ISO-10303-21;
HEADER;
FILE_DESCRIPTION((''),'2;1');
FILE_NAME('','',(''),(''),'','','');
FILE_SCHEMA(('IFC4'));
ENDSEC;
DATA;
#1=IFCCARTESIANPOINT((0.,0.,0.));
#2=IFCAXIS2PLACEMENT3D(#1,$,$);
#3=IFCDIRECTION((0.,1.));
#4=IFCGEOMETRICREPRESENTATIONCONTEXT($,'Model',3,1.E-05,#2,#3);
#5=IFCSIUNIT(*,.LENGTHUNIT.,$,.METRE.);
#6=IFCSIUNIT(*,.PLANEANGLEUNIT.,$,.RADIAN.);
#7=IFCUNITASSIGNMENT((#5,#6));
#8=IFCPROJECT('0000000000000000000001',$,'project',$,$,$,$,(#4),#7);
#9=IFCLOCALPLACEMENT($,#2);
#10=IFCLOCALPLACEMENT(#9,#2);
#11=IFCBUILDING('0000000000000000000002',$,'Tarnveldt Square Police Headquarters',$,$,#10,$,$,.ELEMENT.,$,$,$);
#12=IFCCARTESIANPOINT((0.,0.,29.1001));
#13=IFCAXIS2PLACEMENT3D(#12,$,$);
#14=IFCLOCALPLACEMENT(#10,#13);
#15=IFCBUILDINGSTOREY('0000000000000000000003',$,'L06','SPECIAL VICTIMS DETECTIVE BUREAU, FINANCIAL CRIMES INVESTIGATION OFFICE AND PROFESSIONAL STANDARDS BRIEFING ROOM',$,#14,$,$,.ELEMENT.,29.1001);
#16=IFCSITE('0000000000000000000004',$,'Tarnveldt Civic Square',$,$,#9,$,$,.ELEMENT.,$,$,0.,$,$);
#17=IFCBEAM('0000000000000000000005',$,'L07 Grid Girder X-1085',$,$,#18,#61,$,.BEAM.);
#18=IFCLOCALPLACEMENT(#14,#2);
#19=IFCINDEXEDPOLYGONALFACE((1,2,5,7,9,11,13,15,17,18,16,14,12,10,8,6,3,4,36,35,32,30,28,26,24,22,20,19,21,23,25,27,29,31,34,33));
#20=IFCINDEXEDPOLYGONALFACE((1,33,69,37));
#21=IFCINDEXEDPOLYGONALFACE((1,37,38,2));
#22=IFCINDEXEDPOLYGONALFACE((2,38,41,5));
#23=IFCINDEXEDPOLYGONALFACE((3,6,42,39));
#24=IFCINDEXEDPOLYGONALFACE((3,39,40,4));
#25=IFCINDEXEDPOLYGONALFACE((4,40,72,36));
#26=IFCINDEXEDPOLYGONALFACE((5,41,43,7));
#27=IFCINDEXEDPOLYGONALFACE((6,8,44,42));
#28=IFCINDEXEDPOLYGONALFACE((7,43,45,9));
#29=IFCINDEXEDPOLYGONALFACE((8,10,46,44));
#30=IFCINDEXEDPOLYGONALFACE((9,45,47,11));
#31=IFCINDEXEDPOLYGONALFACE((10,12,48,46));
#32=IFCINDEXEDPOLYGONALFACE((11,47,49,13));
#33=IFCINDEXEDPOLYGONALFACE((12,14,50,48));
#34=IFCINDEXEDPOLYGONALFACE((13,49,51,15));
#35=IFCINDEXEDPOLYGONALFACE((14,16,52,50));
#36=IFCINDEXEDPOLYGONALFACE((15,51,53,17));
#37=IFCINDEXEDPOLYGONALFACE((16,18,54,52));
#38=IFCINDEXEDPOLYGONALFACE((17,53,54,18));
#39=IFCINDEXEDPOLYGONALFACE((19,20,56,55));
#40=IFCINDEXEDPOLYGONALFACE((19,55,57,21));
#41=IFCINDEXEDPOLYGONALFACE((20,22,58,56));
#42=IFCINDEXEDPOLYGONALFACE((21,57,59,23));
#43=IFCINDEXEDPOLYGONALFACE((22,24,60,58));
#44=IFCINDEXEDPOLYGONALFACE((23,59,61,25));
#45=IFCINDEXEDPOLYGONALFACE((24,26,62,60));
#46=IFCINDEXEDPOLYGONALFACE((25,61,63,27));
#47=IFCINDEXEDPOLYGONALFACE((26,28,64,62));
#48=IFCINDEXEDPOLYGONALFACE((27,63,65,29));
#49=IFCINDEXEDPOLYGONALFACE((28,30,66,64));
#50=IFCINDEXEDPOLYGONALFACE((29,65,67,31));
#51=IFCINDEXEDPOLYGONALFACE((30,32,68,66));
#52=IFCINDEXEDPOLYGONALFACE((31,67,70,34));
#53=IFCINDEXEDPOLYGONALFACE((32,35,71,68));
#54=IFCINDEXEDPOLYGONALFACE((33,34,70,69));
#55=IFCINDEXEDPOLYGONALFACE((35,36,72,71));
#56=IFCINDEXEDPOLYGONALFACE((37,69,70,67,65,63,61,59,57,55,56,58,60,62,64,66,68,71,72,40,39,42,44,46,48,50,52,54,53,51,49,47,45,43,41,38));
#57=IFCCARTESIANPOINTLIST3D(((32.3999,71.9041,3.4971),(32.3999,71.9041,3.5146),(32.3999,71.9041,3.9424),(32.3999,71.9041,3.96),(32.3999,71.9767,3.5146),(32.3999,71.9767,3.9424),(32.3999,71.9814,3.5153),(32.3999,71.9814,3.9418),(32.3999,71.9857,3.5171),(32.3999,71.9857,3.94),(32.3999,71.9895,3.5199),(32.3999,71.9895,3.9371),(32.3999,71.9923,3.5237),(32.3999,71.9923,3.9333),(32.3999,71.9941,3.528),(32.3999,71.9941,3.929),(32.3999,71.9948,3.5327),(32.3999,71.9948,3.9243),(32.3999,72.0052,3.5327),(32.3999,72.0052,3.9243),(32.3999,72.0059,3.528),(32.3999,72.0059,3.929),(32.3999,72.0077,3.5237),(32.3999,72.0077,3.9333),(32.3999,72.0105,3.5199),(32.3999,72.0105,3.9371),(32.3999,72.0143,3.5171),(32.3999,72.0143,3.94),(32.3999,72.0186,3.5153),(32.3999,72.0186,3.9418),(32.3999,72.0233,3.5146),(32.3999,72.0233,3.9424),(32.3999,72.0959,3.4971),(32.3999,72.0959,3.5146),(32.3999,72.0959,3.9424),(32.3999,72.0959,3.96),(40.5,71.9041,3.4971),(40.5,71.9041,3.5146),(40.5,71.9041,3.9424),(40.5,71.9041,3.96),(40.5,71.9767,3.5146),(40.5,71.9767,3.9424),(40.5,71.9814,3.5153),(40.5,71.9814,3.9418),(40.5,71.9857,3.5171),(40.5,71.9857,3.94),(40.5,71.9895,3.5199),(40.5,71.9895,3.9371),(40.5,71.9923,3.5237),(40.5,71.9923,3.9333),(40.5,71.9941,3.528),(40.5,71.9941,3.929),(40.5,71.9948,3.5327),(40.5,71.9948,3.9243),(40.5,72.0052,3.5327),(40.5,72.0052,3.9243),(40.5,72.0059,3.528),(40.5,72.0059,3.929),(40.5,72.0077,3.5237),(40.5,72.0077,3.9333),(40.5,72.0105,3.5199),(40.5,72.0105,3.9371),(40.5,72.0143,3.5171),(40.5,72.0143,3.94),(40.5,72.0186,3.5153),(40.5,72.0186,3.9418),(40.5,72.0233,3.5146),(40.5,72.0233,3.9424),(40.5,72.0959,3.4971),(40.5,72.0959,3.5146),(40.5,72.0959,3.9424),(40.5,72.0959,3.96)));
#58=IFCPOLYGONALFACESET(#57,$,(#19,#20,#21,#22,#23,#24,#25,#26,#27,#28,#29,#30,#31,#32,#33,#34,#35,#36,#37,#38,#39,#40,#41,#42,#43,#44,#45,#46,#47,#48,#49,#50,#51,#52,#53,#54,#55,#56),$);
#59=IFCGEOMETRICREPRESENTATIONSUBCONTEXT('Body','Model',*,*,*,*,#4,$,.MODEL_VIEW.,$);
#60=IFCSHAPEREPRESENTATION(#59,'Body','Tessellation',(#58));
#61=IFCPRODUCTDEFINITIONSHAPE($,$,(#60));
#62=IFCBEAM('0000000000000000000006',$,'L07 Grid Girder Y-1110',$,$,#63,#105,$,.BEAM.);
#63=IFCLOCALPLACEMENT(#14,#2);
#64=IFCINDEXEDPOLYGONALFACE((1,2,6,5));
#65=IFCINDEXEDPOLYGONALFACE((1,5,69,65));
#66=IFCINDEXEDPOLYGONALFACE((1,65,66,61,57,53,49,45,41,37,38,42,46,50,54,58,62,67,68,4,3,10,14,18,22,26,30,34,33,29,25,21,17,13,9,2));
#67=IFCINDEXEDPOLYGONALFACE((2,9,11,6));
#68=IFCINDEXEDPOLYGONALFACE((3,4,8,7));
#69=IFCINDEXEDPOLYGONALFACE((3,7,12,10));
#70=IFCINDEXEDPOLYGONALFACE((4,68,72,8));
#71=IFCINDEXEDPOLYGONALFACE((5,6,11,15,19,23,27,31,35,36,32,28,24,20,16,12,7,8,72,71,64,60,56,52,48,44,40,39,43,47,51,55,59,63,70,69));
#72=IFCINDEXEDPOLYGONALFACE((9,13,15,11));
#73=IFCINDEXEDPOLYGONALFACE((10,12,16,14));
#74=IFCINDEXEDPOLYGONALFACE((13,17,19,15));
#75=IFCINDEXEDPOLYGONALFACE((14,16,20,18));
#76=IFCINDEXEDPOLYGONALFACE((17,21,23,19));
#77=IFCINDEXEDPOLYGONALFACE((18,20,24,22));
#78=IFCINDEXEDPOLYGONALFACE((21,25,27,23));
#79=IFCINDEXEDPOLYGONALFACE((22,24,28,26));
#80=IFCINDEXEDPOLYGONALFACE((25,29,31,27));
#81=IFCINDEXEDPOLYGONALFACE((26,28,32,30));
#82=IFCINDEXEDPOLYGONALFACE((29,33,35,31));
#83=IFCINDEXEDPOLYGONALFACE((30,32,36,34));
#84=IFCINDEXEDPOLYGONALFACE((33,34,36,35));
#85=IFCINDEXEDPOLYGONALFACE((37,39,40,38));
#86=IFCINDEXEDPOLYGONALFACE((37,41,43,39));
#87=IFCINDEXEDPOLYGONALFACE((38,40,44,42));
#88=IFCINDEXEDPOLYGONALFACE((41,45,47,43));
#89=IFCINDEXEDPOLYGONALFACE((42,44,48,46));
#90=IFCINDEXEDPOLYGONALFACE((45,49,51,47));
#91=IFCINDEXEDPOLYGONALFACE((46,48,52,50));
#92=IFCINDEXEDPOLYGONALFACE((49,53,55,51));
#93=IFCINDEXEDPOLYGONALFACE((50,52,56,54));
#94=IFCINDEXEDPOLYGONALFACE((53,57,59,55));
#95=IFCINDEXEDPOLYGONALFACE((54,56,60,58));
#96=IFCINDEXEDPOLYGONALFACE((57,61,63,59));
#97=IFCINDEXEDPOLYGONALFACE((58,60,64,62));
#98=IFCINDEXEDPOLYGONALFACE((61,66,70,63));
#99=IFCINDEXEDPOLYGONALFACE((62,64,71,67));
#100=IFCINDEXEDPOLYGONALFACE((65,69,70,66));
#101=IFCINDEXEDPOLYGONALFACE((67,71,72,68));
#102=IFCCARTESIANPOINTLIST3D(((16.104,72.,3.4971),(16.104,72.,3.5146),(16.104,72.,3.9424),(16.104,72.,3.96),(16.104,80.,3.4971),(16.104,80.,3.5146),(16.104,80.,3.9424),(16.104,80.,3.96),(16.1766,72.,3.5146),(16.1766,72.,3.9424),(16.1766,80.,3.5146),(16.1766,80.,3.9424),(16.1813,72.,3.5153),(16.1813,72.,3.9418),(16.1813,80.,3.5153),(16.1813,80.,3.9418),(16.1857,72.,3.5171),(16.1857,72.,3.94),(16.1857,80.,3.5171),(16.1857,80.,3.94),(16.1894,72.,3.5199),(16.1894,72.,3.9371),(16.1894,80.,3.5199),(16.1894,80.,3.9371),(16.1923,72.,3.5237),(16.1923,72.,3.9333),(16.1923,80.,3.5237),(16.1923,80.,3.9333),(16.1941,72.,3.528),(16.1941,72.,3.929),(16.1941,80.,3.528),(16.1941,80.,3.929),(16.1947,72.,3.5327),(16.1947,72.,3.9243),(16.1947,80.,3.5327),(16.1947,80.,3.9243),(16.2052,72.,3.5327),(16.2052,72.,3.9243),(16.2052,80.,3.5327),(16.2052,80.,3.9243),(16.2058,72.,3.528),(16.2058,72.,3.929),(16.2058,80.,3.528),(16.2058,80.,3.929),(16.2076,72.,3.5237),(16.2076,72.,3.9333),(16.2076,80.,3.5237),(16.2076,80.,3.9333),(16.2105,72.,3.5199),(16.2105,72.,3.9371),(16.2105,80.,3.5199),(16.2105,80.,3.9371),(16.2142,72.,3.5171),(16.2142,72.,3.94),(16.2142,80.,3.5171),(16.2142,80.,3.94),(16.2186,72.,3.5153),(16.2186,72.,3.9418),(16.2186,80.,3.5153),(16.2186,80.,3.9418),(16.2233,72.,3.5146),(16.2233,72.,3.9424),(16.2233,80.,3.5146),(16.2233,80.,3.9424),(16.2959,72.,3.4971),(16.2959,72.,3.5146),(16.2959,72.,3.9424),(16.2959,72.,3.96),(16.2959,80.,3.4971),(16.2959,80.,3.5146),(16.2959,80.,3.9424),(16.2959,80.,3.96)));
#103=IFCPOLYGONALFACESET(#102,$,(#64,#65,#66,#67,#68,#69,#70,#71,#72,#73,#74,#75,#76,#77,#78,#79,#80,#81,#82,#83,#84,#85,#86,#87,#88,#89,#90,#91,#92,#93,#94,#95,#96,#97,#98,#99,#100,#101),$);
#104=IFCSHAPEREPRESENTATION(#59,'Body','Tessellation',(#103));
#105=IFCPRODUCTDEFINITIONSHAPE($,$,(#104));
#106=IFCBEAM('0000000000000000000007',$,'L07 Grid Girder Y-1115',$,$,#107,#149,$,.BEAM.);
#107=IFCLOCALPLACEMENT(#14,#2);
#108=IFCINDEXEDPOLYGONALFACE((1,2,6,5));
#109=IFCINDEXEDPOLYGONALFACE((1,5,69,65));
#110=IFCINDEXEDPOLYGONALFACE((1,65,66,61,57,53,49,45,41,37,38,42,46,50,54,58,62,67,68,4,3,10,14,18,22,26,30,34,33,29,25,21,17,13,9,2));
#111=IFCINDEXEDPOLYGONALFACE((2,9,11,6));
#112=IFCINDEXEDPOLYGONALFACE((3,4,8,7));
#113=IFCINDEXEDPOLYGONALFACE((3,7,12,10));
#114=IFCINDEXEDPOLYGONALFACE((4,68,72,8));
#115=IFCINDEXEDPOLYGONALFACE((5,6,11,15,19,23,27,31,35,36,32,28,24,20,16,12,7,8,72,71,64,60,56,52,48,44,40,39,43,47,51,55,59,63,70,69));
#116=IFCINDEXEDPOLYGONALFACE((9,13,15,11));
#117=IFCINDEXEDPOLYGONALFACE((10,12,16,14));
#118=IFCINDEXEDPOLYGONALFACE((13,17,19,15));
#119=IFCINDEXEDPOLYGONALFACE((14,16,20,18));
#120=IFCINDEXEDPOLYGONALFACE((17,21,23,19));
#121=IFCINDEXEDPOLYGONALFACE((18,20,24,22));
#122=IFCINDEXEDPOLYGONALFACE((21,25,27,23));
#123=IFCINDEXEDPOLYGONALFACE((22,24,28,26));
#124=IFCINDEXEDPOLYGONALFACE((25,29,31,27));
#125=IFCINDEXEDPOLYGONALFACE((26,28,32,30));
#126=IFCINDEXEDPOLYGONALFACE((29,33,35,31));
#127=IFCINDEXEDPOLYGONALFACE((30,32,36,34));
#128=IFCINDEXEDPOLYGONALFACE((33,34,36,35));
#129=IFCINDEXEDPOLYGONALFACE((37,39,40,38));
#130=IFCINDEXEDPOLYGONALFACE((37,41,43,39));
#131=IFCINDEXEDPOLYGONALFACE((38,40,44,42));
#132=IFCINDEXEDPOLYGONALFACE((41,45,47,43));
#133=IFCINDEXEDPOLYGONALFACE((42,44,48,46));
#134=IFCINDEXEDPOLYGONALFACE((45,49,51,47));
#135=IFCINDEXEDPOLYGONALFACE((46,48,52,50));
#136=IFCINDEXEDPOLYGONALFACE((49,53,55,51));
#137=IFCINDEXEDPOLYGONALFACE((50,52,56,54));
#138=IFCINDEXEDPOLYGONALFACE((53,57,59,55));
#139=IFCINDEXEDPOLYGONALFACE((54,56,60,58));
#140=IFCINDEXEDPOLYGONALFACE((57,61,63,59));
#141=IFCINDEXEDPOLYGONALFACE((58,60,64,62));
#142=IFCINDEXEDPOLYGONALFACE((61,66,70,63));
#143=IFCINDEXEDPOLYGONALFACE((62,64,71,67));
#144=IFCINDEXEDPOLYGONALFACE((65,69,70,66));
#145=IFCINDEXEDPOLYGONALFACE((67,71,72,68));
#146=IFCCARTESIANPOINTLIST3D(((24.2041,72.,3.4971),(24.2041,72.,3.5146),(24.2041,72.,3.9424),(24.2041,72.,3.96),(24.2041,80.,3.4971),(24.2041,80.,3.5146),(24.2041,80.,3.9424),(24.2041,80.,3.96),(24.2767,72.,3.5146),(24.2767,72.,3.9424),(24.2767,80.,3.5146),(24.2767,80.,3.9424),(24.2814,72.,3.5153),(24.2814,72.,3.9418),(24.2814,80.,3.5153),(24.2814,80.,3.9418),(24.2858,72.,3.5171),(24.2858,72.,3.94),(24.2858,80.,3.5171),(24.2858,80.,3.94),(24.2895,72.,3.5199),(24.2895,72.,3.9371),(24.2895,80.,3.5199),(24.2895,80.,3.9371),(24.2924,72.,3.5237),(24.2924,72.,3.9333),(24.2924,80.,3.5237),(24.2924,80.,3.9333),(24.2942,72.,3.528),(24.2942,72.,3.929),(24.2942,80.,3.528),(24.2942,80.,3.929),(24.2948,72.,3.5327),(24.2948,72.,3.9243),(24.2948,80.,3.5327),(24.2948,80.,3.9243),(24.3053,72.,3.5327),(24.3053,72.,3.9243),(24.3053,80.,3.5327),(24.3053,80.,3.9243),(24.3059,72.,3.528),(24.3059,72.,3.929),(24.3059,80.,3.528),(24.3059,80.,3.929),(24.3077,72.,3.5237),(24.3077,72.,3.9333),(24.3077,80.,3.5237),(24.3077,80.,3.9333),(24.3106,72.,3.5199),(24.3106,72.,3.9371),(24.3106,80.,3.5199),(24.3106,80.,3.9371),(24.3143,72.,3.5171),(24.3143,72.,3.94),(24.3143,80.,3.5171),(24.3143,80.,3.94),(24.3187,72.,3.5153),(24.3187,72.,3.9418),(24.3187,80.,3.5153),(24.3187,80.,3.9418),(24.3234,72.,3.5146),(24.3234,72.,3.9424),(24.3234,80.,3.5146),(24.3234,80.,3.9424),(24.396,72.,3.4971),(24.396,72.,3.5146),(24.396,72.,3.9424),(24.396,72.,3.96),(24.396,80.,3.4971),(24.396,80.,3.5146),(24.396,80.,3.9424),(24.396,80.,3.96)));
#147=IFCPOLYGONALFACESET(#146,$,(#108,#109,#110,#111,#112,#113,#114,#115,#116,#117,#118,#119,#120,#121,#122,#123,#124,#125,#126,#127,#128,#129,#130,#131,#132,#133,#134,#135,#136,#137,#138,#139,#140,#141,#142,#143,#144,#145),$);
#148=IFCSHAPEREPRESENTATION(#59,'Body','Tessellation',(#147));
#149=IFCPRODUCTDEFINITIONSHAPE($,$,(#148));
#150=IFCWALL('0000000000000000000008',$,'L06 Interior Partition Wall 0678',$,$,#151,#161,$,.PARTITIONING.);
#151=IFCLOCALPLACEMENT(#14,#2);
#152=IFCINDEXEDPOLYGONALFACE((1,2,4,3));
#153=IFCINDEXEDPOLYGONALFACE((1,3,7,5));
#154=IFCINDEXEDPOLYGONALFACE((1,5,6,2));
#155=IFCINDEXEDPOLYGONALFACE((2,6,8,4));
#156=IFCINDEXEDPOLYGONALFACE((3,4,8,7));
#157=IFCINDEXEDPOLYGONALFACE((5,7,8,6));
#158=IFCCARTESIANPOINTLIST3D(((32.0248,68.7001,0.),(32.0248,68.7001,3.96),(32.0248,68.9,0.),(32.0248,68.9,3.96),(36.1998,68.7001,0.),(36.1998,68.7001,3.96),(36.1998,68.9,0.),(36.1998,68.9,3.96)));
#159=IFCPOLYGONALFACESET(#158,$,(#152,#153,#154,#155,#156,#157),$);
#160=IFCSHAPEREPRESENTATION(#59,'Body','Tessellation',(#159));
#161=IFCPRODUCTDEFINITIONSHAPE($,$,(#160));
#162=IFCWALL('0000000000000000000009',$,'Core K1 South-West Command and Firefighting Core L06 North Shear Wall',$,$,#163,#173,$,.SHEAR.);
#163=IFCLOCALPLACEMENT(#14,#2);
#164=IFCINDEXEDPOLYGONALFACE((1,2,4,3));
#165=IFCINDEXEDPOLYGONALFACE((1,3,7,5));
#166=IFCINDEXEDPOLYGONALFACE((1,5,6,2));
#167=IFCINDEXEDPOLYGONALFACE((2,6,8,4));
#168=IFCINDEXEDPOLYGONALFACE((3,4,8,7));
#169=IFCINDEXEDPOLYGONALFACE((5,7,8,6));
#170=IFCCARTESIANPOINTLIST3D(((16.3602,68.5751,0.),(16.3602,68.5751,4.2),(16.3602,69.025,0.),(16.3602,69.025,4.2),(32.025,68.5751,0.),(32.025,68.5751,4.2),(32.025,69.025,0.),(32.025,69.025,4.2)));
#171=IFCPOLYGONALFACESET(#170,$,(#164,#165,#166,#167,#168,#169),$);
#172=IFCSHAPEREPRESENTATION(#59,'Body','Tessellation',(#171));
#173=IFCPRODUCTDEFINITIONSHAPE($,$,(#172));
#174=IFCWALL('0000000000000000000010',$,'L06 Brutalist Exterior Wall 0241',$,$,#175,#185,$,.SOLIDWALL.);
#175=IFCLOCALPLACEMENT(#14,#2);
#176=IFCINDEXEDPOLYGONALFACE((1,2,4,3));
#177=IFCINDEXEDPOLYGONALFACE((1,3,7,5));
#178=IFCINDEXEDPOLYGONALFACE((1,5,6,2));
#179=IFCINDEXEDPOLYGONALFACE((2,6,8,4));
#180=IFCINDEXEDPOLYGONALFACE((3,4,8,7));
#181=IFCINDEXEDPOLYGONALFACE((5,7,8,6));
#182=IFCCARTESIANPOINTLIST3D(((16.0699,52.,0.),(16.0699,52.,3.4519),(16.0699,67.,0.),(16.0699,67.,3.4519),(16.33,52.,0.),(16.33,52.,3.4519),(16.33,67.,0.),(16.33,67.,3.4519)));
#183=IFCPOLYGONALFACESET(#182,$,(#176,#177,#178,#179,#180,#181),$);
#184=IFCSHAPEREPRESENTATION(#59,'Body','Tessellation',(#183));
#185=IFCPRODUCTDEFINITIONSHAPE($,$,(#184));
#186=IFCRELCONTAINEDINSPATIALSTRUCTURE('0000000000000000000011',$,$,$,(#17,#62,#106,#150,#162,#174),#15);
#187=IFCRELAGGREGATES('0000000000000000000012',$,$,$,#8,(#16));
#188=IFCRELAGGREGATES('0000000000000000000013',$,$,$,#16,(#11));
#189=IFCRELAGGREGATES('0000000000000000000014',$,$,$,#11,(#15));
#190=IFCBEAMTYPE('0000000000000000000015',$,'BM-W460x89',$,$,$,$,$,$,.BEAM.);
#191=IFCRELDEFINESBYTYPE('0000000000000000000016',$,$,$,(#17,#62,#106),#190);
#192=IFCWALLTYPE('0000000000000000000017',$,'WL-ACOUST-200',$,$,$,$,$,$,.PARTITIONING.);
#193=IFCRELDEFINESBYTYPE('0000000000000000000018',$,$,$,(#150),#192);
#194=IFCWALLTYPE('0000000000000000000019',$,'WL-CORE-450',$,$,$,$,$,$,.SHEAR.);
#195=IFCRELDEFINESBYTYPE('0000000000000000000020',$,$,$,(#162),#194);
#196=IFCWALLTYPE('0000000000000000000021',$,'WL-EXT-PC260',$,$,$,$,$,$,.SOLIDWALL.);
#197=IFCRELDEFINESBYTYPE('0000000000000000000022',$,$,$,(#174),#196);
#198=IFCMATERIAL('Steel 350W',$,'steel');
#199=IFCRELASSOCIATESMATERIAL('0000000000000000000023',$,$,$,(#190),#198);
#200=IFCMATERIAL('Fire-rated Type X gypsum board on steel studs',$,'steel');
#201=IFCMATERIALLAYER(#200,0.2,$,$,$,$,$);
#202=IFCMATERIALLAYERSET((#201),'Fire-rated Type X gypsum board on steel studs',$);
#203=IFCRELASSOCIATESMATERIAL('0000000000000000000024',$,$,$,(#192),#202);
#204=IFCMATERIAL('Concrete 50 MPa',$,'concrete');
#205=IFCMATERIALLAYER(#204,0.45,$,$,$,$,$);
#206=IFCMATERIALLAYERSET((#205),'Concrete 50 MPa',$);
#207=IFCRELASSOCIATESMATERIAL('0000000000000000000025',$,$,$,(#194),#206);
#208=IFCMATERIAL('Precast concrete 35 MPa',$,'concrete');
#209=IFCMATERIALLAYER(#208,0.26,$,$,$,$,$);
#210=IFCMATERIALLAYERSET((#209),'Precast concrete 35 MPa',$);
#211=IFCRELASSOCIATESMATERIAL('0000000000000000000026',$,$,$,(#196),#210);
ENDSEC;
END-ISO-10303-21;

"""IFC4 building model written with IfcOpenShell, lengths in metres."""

from ifc_helpers import new_model, si_unit, direction, frame, frame_2d, origin, origin_2d, place, context, subcontext, project, spatial, rectangle, i_section, extrude, material, layer, layer_set, material_profile, profile_set, type_object, element, save


model = new_model("IFC4")

# Units and contexts
model_context = context("Model", 3, precision=1e-05, world=origin(), true_north=direction((0.0, 1.0)))
body_context = subcontext(model_context, "Body", "Model", "MODEL_VIEW")
ifc_project = project(units=[si_unit("LENGTHUNIT", "METRE"), si_unit("PLANEANGLEUNIT", "RADIAN")], contexts=[model_context])

# Site, building, storey
site_placement = place(None, origin())
site = spatial("IfcSite", under=ifc_project, at=site_placement, Name="Tarnveldt Civic Square", CompositionType="ELEMENT", RefElevation=0.0)
building_placement = place(site_placement, origin())
building = spatial("IfcBuilding", under=site, at=building_placement, Name="Tarnveldt Square Police Headquarters", CompositionType="ELEMENT")
storey_placement = place(building_placement, frame((0.0, 0.0, 29.1001)))
storey = spatial("IfcBuildingStorey", under=building, at=storey_placement, Name="L06", Description="SPECIAL VICTIMS DETECTIVE BUREAU, FINANCIAL CRIMES INVESTIGATION OFFICE AND PROFESSIONAL STANDARDS BRIEFING ROOM", CompositionType="ELEMENT", Elevation=29.1001)

# Shared definitions
ifc_material_1 = material(Name="Steel 350W", Category="steel")

# Beams
ifc_material_2 = material(Name="Concrete 50 MPa", Category="concrete")
ifc_material_profile_1 = material_profile(ifc_material_1, i_section(OverallWidth=0.1919, OverallDepth=0.4629, WebThickness=0.0105, FlangeThickness=0.0176, FilletRadius=0.0181, at=origin_2d()), Name="W460x89")
ifc_profile_set_1 = profile_set([ifc_material_profile_1], Name="Steel 350W")
beam_type_1 = type_object("IfcBeamType", Name="BM-W460x89", PredefinedType="BEAM", material=ifc_profile_set_1)
for number, where, z_axis, x_axis, name in (
    (1, (32.3999, 72.0, 3.7285), (1.0, 0.0, 0.0), (0.0, 1.0, 0.0), "L07 Grid Girder X-1085"),
):
    element("IfcBeam", number, at=place(storey_placement, frame(where, z_axis=z_axis, x_axis=x_axis)), inside=storey, type_object=beam_type_1, Name=name, PredefinedType="BEAM", context=body_context, shape_type="SweptSolid", body=[
        extrude(i_section(OverallWidth=0.1919, OverallDepth=0.4629, WebThickness=0.0105, FlangeThickness=0.0176, FilletRadius=0.0181, at=origin_2d()), origin(), (0.0, 0.0, 1.0), 8.1001),
    ])
for number, where, z_axis, x_axis, name in (
    (2, (16.2, 72.0, 3.7285), (0.0, 1.0, 0.0), (-1.0, 0.0, 0.0), "L07 Grid Girder Y-1110"),
    (3, (24.3, 72.0, 3.7285), (0.0, 1.0, 0.0), (-1.0, 0.0, 0.0), "L07 Grid Girder Y-1115"),
):
    element("IfcBeam", number, at=place(storey_placement, frame(where, z_axis=z_axis, x_axis=x_axis)), inside=storey, type_object=beam_type_1, Name=name, PredefinedType="BEAM", context=body_context, shape_type="SweptSolid", body=[
        extrude(i_section(OverallWidth=0.1919, OverallDepth=0.4629, WebThickness=0.0105, FlangeThickness=0.0176, FilletRadius=0.0181, at=origin_2d()), origin(), (0.0, 0.0, 1.0), 8.0),
    ])

# Walls
ifc_material_3 = material(Name="Fire-rated Type X gypsum board on steel studs", Category="steel")
ifc_layer_1 = layer(ifc_material_3, 0.2)
ifc_layer_set_1 = layer_set([ifc_layer_1], Name="Fire-rated Type X gypsum board on steel studs")
wall_type_1 = type_object("IfcWallType", Name="WL-ACOUST-200", PredefinedType="PARTITIONING", material=ifc_layer_set_1)
wall_1_placement = place(storey_placement, frame((32.0249, 68.8, 0.0), z_axis=(0.0, 0.0, 1.0), x_axis=(1.0, 0.0, 0.0)))
element("IfcWall", 4, at=wall_1_placement, inside=storey, type_object=wall_type_1, Name="L06 Interior Partition Wall 0678", PredefinedType="PARTITIONING", context=body_context, shape_type="SweptSolid", body=[
    extrude(rectangle(XDim=4.175, YDim=0.2, at=frame_2d((2.0874, 0.0))), origin(), (0.0, 0.0, 1.0), 3.96),
])
ifc_layer_2 = layer(ifc_material_2, 0.45)
ifc_layer_set_2 = layer_set([ifc_layer_2], Name="Concrete 50 MPa")
wall_type_2 = type_object("IfcWallType", Name="WL-CORE-450", PredefinedType="SHEAR", material=ifc_layer_set_2)
wall_2_placement = place(storey_placement, frame((16.3601, 68.8, 0.0), z_axis=(0.0, 0.0, 1.0), x_axis=(1.0, 0.0, 0.0)))
element("IfcWall", 5, at=wall_2_placement, inside=storey, type_object=wall_type_2, Name="Core K1 South-West Command and Firefighting Core L06 North Shear Wall", PredefinedType="SHEAR", context=body_context, shape_type="SweptSolid", body=[
    extrude(rectangle(XDim=15.6648, YDim=0.45, at=frame_2d((7.8325, 0.0))), origin(), (0.0, 0.0, 1.0), 4.2),
])
ifc_material_4 = material(Name="Precast concrete 35 MPa", Category="concrete")
ifc_layer_3 = layer(ifc_material_4, 0.26)
ifc_layer_set_3 = layer_set([ifc_layer_3], Name="Precast concrete 35 MPa")
wall_type_3 = type_object("IfcWallType", Name="WL-EXT-PC260", PredefinedType="SOLIDWALL", material=ifc_layer_set_3)
wall_3_placement = place(storey_placement, frame((16.2, 67.0, 0.0), z_axis=(0.0, 0.0, 1.0), x_axis=(0.0, -1.0, 0.0)))
element("IfcWall", 6, at=wall_3_placement, inside=storey, type_object=wall_type_3, Name="L06 Brutalist Exterior Wall 0241", PredefinedType="SOLIDWALL", context=body_context, shape_type="SweptSolid", body=[
    extrude(rectangle(XDim=15.0, YDim=0.26, at=frame_2d((7.5, 0.0))), origin(), (0.0, 0.0, 1.0), 3.4519),
])

save(model, "model.ifc")
